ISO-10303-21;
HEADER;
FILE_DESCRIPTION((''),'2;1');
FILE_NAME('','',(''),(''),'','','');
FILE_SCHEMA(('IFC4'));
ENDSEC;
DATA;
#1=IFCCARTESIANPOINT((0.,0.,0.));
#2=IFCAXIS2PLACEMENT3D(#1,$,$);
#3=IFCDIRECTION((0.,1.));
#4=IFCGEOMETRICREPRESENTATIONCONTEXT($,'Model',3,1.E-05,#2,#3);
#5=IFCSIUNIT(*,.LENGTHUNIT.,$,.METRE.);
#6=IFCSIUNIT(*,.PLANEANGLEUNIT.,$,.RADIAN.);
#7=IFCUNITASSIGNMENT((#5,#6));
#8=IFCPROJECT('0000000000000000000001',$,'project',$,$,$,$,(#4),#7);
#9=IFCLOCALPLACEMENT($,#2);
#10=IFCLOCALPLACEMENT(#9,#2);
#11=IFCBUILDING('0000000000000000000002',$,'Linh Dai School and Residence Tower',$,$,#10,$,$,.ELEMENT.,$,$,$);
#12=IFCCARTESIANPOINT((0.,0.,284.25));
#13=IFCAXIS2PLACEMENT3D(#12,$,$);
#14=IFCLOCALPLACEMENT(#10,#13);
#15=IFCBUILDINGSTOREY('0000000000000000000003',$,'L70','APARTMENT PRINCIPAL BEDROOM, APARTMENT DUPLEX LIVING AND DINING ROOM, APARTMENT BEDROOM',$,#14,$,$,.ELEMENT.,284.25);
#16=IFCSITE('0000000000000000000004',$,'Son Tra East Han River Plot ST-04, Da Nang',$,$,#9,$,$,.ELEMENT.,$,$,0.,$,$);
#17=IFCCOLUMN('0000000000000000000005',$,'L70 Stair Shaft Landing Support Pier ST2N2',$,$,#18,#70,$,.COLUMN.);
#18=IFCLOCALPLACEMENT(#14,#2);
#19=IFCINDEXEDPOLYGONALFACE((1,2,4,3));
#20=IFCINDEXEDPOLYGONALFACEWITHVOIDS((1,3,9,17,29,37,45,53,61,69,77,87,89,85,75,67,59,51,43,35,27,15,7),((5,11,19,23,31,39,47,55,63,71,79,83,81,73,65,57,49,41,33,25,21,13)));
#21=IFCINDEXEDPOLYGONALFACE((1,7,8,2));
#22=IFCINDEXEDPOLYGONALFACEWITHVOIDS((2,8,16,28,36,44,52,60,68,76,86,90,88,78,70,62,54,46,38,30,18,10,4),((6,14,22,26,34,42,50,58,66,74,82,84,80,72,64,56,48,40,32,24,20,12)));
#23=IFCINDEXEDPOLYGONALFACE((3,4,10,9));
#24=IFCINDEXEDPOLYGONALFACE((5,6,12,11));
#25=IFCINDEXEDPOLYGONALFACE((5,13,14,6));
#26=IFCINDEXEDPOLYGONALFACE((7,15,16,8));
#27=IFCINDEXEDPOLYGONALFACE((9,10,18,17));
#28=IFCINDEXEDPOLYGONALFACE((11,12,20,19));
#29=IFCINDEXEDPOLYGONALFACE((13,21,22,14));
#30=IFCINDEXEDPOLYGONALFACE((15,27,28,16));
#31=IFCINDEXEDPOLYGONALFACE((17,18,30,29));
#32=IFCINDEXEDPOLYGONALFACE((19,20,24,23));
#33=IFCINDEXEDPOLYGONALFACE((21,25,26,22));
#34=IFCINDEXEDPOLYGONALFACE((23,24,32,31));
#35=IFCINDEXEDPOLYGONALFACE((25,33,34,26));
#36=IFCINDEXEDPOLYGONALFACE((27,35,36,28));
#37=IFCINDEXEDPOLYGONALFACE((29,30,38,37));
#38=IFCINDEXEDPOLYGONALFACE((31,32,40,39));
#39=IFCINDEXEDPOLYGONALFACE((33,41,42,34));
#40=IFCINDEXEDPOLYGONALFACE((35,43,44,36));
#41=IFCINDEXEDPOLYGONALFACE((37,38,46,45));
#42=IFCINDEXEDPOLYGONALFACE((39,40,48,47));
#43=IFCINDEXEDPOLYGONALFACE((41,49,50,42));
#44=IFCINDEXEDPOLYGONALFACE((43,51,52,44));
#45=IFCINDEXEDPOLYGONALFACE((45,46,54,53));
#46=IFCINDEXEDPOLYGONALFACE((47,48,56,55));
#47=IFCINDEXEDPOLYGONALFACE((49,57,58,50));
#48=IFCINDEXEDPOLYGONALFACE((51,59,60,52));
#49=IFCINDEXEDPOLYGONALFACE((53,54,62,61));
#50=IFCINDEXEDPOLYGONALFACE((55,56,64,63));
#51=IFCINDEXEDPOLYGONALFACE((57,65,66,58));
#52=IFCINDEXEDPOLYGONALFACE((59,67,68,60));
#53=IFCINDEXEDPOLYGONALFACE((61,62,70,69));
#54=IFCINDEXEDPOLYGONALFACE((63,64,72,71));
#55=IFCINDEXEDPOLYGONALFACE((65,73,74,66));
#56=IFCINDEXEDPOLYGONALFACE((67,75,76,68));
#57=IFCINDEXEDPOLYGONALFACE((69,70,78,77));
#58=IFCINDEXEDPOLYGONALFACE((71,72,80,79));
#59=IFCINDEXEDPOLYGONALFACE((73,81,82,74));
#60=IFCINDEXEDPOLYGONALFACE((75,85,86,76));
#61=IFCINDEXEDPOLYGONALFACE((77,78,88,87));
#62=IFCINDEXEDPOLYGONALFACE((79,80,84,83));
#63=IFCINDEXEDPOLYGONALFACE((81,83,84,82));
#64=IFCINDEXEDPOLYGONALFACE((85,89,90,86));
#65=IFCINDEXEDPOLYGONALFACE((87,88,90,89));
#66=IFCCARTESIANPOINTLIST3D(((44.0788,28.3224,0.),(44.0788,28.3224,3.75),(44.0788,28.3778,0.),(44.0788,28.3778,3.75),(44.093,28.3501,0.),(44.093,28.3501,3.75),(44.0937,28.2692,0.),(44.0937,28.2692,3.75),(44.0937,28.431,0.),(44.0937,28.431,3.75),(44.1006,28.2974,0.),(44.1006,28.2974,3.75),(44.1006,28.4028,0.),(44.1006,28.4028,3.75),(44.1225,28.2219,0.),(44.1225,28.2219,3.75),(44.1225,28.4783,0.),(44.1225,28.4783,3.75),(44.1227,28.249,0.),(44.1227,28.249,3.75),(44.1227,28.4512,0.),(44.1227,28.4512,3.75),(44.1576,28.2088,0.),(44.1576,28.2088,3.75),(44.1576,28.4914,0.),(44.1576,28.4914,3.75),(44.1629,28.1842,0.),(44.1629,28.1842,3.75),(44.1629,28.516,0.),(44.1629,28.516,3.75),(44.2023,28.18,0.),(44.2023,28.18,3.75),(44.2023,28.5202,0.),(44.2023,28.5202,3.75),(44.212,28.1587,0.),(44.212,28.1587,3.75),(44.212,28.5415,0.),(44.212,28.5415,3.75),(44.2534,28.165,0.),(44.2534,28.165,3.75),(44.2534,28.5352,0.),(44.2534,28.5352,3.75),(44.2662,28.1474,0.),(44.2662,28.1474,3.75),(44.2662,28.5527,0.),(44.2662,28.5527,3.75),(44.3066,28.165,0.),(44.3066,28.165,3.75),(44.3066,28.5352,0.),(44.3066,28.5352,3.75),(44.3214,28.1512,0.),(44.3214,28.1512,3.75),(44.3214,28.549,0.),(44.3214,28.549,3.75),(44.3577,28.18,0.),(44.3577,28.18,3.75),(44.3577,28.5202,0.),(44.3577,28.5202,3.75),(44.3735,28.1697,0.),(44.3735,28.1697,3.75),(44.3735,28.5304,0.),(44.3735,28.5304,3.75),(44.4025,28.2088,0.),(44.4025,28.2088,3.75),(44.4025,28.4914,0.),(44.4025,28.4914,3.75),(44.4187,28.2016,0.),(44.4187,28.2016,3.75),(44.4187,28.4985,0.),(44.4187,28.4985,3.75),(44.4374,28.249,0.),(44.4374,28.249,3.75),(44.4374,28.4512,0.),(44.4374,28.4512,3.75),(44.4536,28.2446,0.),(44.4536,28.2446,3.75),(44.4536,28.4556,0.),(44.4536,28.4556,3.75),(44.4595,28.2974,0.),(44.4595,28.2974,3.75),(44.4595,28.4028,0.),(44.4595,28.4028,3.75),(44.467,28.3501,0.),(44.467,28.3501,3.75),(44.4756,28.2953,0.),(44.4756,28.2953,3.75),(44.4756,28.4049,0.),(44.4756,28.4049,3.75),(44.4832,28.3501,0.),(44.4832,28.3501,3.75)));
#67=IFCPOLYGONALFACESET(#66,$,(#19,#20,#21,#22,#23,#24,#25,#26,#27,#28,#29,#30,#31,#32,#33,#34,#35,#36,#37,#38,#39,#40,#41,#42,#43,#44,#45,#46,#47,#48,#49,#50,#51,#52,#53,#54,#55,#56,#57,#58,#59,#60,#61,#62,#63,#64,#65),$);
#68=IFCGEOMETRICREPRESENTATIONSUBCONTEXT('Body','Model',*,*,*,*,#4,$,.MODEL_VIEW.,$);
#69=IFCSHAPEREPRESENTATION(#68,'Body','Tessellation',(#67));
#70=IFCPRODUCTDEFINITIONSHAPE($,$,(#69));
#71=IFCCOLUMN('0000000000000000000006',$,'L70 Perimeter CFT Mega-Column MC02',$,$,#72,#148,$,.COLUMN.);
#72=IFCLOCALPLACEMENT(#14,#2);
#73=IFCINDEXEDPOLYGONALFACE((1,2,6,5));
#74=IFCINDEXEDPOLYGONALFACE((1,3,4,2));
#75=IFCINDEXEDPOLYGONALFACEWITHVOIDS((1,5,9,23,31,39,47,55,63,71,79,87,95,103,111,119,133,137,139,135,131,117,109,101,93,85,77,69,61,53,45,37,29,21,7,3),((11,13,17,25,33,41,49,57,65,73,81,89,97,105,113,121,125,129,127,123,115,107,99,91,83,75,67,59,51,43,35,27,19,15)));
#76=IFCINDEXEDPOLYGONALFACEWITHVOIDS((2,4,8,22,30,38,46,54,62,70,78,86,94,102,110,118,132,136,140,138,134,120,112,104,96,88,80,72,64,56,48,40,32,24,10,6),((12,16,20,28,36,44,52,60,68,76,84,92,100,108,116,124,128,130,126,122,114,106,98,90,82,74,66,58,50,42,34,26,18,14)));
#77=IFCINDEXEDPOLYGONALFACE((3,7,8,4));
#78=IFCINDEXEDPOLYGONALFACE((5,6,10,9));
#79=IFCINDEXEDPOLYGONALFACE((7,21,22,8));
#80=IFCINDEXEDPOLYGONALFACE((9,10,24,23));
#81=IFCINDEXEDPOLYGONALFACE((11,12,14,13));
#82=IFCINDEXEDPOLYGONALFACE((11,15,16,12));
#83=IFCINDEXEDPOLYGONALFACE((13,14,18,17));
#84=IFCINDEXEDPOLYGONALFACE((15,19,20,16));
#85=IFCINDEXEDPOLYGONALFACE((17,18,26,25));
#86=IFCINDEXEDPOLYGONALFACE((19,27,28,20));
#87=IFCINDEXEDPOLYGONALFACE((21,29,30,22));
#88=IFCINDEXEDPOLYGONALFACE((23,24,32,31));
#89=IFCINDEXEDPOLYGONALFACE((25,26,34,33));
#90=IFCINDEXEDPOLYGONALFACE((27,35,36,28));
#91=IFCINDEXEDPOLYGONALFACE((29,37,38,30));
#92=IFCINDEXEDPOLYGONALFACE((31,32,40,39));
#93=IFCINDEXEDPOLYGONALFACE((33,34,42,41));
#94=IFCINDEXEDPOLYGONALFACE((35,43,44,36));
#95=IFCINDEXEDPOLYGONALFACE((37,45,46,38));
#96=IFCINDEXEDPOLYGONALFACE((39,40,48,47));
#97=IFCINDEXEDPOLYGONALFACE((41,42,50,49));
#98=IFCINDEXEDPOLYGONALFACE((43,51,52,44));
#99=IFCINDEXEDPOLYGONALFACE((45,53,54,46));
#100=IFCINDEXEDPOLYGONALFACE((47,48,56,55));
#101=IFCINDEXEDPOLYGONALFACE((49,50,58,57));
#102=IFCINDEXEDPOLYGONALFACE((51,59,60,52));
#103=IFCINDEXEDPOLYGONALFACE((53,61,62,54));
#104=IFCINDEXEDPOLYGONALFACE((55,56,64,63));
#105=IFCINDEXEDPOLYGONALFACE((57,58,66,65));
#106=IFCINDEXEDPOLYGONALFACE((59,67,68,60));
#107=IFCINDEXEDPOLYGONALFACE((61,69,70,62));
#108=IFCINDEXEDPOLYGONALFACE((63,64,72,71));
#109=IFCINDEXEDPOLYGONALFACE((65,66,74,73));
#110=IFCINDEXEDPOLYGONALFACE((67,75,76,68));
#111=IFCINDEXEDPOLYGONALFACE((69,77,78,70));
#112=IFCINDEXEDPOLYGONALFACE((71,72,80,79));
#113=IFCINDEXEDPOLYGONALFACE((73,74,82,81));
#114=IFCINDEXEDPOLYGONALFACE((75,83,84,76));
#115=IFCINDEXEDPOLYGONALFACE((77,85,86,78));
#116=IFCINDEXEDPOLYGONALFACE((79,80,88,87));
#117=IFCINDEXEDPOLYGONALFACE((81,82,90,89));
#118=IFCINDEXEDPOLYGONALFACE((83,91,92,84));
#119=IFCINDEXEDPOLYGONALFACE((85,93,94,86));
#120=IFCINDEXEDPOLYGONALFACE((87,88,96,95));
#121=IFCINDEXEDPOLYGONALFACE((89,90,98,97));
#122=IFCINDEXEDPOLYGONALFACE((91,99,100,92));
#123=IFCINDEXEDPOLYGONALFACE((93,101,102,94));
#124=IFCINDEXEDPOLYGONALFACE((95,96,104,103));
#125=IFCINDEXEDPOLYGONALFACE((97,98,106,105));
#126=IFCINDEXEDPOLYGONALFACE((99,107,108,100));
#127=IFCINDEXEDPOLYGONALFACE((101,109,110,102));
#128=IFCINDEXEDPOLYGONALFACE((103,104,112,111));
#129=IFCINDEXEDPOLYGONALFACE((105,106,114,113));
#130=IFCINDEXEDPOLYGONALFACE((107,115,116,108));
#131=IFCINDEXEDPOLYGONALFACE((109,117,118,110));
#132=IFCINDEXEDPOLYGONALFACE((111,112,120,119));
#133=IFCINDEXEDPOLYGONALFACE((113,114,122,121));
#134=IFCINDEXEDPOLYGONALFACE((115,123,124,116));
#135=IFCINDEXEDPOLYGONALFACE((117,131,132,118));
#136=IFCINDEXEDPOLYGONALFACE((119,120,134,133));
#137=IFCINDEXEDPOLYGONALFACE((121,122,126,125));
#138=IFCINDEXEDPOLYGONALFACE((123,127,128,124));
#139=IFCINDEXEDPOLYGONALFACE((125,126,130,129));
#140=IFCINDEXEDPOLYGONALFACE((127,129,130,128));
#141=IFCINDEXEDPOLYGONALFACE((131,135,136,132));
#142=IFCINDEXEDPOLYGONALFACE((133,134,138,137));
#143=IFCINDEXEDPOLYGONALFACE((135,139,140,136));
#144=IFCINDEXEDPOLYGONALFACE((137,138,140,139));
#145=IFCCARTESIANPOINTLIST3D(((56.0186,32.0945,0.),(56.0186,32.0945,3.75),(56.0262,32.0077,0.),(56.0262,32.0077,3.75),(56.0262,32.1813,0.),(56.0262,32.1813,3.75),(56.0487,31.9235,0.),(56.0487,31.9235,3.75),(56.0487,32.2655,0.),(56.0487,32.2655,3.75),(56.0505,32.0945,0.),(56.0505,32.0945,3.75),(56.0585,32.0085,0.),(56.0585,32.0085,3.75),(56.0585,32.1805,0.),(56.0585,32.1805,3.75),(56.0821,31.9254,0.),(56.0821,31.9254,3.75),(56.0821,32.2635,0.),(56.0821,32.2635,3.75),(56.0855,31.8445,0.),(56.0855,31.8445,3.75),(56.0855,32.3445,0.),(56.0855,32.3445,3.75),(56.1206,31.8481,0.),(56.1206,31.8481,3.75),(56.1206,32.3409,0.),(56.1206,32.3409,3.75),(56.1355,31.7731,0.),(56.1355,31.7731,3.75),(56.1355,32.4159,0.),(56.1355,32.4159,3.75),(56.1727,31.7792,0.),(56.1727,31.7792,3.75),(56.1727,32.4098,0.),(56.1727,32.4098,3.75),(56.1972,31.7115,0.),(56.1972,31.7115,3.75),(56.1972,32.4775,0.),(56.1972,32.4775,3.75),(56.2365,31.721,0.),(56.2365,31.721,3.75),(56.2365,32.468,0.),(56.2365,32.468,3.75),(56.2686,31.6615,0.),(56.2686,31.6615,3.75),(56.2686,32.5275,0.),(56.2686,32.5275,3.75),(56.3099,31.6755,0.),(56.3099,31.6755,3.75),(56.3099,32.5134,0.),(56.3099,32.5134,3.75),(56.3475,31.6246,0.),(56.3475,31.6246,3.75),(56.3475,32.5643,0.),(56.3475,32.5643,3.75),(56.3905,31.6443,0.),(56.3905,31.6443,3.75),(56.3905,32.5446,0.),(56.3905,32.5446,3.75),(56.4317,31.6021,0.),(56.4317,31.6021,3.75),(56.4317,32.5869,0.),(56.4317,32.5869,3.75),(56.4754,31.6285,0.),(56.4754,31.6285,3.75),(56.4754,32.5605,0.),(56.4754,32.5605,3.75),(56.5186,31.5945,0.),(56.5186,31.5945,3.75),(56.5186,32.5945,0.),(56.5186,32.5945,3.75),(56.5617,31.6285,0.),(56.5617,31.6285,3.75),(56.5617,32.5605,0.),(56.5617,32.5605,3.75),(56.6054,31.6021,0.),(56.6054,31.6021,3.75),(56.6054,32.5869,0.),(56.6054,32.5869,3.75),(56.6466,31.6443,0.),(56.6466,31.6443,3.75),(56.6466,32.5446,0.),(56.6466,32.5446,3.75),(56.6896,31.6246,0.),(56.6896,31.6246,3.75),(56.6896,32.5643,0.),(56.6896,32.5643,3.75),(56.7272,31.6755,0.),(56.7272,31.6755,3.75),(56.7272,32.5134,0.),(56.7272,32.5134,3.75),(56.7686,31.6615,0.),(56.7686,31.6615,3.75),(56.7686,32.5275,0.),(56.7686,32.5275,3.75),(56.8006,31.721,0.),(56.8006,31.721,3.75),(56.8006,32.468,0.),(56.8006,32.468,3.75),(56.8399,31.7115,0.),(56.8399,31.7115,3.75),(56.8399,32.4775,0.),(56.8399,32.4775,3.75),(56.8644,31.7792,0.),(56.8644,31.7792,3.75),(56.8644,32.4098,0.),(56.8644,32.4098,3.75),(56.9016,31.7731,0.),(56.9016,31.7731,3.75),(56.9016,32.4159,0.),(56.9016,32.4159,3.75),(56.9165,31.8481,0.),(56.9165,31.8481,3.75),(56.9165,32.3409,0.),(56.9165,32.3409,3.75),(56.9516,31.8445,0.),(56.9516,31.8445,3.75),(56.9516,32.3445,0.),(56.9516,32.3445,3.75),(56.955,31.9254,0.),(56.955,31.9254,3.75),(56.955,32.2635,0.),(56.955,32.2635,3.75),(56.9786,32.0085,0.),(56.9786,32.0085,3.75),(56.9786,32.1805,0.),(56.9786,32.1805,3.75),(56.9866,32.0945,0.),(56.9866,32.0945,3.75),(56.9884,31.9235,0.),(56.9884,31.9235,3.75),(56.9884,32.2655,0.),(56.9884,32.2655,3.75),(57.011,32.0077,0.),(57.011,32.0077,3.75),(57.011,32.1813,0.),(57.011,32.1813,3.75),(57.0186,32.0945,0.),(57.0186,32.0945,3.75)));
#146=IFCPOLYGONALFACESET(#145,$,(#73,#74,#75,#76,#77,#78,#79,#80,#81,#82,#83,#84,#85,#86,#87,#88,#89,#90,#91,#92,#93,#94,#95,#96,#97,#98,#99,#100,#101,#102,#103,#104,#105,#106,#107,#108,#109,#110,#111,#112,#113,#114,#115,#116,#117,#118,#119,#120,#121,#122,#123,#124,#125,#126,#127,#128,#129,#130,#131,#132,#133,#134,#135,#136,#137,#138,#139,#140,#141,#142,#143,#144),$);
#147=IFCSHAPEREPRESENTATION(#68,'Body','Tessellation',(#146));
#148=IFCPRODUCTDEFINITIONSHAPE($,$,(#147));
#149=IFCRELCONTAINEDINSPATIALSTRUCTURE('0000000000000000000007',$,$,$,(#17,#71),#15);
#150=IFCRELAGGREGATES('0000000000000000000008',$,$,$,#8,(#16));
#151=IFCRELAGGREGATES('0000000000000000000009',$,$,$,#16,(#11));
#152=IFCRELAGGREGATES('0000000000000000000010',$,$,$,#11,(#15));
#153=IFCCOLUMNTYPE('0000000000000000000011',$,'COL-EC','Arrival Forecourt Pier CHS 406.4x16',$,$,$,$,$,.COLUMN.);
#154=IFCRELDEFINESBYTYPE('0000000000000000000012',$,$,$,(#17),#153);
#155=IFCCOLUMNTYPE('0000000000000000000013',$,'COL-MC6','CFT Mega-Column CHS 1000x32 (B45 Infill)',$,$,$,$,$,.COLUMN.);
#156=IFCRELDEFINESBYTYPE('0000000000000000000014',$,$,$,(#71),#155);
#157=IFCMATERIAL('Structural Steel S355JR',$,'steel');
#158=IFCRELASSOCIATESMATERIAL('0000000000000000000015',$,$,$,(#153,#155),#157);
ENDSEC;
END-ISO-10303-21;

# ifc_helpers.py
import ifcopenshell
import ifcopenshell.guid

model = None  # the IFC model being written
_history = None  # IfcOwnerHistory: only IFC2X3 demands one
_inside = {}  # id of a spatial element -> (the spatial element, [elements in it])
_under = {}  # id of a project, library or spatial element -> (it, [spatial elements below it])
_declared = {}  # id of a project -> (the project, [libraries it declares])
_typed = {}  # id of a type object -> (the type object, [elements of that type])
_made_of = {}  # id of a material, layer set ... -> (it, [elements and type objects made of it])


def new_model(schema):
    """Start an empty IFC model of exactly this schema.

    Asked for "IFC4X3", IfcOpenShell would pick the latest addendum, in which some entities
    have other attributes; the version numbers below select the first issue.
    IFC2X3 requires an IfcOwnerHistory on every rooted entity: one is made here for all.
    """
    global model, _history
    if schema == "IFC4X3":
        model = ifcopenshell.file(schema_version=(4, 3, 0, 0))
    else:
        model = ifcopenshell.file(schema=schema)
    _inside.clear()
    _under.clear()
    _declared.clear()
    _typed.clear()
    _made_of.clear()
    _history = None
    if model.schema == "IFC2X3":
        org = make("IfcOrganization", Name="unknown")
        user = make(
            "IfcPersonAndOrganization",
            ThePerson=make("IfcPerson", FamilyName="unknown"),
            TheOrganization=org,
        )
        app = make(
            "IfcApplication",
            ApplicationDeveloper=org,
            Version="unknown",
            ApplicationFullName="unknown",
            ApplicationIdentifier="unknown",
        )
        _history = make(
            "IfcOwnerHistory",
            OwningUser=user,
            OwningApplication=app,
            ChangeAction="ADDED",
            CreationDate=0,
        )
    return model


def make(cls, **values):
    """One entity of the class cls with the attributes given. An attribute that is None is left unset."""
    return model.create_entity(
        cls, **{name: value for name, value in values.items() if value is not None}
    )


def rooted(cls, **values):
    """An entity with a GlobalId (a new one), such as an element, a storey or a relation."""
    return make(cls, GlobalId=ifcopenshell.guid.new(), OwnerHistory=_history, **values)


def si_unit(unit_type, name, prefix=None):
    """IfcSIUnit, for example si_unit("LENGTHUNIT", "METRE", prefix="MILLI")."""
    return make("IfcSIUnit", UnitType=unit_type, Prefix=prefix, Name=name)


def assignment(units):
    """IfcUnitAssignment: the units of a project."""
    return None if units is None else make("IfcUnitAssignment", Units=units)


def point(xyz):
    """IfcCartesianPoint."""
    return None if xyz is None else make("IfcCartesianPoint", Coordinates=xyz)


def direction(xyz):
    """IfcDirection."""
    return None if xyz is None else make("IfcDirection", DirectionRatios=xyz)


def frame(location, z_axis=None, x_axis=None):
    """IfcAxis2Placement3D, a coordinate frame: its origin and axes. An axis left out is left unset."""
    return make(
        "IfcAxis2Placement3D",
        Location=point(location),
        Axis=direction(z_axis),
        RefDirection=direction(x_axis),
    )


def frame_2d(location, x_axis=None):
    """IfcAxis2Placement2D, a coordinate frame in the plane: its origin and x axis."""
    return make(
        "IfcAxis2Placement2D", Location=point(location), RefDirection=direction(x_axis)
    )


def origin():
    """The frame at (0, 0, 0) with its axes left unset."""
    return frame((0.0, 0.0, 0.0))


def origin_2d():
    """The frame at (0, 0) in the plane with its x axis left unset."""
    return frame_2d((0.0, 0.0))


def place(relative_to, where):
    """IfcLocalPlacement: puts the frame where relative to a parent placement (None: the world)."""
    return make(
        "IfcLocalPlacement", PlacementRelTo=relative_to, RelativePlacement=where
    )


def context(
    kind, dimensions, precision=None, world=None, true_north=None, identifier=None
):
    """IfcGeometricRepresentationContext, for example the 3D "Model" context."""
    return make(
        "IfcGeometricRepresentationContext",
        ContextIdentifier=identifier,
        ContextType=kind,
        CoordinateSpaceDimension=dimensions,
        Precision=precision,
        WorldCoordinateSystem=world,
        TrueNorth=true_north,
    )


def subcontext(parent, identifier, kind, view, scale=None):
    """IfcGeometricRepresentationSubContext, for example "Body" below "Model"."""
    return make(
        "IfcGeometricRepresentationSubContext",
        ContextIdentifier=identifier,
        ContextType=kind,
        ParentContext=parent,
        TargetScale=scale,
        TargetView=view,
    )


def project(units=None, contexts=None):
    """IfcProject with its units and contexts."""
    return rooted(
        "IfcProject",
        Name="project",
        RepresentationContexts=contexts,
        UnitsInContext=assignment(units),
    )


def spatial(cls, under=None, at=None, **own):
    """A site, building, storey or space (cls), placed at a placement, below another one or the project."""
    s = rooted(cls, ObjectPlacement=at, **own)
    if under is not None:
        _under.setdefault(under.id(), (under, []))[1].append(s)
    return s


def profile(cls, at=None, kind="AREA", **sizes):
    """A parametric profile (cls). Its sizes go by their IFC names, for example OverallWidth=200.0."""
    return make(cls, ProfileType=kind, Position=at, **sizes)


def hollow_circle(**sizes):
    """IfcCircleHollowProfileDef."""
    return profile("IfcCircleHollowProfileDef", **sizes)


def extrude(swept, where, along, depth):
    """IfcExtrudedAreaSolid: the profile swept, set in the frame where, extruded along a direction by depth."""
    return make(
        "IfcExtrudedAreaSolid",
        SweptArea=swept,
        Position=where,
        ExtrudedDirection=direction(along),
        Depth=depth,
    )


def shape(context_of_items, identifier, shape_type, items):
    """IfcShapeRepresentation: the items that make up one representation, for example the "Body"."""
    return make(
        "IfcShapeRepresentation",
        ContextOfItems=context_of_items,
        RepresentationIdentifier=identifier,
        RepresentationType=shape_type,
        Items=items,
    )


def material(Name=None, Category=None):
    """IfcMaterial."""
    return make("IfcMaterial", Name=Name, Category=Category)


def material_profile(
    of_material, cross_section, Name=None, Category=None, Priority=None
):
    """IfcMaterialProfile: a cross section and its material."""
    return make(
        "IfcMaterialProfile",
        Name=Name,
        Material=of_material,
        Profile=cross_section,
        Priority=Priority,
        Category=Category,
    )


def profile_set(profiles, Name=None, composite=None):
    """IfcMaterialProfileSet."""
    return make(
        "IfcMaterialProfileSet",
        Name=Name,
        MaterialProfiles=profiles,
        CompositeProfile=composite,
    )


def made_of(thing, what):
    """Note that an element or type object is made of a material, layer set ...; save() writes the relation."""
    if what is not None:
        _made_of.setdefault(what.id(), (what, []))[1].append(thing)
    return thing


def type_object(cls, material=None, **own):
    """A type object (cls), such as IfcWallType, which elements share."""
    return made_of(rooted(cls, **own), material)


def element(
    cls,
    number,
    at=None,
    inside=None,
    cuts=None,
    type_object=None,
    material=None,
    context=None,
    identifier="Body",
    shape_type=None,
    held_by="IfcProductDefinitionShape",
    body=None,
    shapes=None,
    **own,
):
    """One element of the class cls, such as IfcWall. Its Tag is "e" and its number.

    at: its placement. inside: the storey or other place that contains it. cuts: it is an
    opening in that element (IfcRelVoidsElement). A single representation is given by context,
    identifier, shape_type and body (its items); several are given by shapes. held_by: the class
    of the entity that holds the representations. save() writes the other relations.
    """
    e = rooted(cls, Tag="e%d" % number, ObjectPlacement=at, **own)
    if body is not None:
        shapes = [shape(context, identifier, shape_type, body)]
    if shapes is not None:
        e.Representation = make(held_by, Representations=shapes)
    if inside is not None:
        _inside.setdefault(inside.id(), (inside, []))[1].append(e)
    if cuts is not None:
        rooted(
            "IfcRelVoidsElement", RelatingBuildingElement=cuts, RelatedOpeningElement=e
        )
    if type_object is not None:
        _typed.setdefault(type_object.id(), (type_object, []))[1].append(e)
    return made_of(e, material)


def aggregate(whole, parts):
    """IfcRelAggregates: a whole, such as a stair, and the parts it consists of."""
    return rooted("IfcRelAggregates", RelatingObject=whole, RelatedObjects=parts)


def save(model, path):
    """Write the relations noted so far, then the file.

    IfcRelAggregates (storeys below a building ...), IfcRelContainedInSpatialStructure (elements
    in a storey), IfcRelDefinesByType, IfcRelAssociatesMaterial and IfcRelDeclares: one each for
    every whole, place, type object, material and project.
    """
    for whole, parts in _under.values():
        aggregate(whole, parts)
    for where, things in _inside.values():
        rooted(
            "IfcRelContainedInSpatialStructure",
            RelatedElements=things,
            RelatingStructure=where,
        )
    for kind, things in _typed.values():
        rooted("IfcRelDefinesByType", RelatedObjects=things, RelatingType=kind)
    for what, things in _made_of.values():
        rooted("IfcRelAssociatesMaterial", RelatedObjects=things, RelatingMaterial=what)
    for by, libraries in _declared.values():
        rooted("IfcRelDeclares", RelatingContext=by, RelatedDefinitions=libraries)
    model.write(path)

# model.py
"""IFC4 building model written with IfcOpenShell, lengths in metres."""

from ifc_helpers import new_model, si_unit, direction, frame, origin, origin_2d, place, context, subcontext, project, spatial, hollow_circle, extrude, material, material_profile, profile_set, type_object, element, save


model = new_model("IFC4")

# Units and contexts
model_context = context("Model", 3, precision=1e-05, world=origin(), true_north=direction((0.0, 1.0)))
body_context = subcontext(model_context, "Body", "Model", "MODEL_VIEW")
ifc_project = project(units=[si_unit("LENGTHUNIT", "METRE"), si_unit("PLANEANGLEUNIT", "RADIAN")], contexts=[model_context])

# Site, building, storey
site_placement = place(None, origin())
site = spatial("IfcSite", under=ifc_project, at=site_placement, Name="Son Tra East Han River Plot ST-04, Da Nang", CompositionType="ELEMENT", RefElevation=0.0)
building_placement = place(site_placement, origin())
building = spatial("IfcBuilding", under=site, at=building_placement, Name="Linh Dai School and Residence Tower", CompositionType="ELEMENT")
storey_placement = place(building_placement, frame((0.0, 0.0, 284.25)))
storey = spatial("IfcBuildingStorey", under=building, at=storey_placement, Name="L70", Description="APARTMENT PRINCIPAL BEDROOM, APARTMENT DUPLEX LIVING AND DINING ROOM, APARTMENT BEDROOM", CompositionType="ELEMENT", Elevation=284.25)

# Columns
ifc_material_1 = material(Name="Structural Steel S355JR", Category="steel")
ifc_material_profile_1 = material_profile(ifc_material_1, hollow_circle(Radius=0.2031, WallThickness=0.0161, at=origin_2d()), Name="CHS 406.4x16")
ifc_profile_set_1 = profile_set([ifc_material_profile_1], Name="Structural Steel S355JR")
column_type_1 = type_object("IfcColumnType", Name="COL-EC", Description="Arrival Forecourt Pier CHS 406.4x16", PredefinedType="COLUMN", material=ifc_profile_set_1)
column_1_placement = place(storey_placement, frame((44.28, 28.3501, 0.0), z_axis=(0.0, 0.0, 1.0), x_axis=(1.0, 0.0, 0.0)))
element("IfcColumn", 1, at=column_1_placement, inside=storey, type_object=column_type_1, Name="L70 Stair Shaft Landing Support Pier ST2N2", PredefinedType="COLUMN", context=body_context, shape_type="SweptSolid", body=[
    extrude(hollow_circle(Radius=0.2031, WallThickness=0.0161, at=origin_2d()), origin(), (0.0, 0.0, 1.0), 3.75),
])
ifc_material_profile_2 = material_profile(ifc_material_1, hollow_circle(Radius=0.5, WallThickness=0.032, at=origin_2d()), Name="CHS 1000x32")
ifc_profile_set_2 = profile_set([ifc_material_profile_2], Name="Structural Steel S355JR")
column_type_2 = type_object("IfcColumnType", Name="COL-MC6", Description="CFT Mega-Column CHS 1000x32 (B45 Infill)", PredefinedType="COLUMN", material=ifc_profile_set_2)
column_2_placement = place(storey_placement, frame((56.5186, 32.0945, 0.0), z_axis=(0.0, 0.0, 1.0), x_axis=(1.0, 0.0, 0.0)))
element("IfcColumn", 2, at=column_2_placement, inside=storey, type_object=column_type_2, Name="L70 Perimeter CFT Mega-Column MC02", PredefinedType="COLUMN", context=body_context, shape_type="SweptSolid", body=[
    extrude(hollow_circle(Radius=0.5, WallThickness=0.032, at=origin_2d()), origin(), (0.0, 0.0, 1.0), 3.75),
])

save(model, "model.ifc")
